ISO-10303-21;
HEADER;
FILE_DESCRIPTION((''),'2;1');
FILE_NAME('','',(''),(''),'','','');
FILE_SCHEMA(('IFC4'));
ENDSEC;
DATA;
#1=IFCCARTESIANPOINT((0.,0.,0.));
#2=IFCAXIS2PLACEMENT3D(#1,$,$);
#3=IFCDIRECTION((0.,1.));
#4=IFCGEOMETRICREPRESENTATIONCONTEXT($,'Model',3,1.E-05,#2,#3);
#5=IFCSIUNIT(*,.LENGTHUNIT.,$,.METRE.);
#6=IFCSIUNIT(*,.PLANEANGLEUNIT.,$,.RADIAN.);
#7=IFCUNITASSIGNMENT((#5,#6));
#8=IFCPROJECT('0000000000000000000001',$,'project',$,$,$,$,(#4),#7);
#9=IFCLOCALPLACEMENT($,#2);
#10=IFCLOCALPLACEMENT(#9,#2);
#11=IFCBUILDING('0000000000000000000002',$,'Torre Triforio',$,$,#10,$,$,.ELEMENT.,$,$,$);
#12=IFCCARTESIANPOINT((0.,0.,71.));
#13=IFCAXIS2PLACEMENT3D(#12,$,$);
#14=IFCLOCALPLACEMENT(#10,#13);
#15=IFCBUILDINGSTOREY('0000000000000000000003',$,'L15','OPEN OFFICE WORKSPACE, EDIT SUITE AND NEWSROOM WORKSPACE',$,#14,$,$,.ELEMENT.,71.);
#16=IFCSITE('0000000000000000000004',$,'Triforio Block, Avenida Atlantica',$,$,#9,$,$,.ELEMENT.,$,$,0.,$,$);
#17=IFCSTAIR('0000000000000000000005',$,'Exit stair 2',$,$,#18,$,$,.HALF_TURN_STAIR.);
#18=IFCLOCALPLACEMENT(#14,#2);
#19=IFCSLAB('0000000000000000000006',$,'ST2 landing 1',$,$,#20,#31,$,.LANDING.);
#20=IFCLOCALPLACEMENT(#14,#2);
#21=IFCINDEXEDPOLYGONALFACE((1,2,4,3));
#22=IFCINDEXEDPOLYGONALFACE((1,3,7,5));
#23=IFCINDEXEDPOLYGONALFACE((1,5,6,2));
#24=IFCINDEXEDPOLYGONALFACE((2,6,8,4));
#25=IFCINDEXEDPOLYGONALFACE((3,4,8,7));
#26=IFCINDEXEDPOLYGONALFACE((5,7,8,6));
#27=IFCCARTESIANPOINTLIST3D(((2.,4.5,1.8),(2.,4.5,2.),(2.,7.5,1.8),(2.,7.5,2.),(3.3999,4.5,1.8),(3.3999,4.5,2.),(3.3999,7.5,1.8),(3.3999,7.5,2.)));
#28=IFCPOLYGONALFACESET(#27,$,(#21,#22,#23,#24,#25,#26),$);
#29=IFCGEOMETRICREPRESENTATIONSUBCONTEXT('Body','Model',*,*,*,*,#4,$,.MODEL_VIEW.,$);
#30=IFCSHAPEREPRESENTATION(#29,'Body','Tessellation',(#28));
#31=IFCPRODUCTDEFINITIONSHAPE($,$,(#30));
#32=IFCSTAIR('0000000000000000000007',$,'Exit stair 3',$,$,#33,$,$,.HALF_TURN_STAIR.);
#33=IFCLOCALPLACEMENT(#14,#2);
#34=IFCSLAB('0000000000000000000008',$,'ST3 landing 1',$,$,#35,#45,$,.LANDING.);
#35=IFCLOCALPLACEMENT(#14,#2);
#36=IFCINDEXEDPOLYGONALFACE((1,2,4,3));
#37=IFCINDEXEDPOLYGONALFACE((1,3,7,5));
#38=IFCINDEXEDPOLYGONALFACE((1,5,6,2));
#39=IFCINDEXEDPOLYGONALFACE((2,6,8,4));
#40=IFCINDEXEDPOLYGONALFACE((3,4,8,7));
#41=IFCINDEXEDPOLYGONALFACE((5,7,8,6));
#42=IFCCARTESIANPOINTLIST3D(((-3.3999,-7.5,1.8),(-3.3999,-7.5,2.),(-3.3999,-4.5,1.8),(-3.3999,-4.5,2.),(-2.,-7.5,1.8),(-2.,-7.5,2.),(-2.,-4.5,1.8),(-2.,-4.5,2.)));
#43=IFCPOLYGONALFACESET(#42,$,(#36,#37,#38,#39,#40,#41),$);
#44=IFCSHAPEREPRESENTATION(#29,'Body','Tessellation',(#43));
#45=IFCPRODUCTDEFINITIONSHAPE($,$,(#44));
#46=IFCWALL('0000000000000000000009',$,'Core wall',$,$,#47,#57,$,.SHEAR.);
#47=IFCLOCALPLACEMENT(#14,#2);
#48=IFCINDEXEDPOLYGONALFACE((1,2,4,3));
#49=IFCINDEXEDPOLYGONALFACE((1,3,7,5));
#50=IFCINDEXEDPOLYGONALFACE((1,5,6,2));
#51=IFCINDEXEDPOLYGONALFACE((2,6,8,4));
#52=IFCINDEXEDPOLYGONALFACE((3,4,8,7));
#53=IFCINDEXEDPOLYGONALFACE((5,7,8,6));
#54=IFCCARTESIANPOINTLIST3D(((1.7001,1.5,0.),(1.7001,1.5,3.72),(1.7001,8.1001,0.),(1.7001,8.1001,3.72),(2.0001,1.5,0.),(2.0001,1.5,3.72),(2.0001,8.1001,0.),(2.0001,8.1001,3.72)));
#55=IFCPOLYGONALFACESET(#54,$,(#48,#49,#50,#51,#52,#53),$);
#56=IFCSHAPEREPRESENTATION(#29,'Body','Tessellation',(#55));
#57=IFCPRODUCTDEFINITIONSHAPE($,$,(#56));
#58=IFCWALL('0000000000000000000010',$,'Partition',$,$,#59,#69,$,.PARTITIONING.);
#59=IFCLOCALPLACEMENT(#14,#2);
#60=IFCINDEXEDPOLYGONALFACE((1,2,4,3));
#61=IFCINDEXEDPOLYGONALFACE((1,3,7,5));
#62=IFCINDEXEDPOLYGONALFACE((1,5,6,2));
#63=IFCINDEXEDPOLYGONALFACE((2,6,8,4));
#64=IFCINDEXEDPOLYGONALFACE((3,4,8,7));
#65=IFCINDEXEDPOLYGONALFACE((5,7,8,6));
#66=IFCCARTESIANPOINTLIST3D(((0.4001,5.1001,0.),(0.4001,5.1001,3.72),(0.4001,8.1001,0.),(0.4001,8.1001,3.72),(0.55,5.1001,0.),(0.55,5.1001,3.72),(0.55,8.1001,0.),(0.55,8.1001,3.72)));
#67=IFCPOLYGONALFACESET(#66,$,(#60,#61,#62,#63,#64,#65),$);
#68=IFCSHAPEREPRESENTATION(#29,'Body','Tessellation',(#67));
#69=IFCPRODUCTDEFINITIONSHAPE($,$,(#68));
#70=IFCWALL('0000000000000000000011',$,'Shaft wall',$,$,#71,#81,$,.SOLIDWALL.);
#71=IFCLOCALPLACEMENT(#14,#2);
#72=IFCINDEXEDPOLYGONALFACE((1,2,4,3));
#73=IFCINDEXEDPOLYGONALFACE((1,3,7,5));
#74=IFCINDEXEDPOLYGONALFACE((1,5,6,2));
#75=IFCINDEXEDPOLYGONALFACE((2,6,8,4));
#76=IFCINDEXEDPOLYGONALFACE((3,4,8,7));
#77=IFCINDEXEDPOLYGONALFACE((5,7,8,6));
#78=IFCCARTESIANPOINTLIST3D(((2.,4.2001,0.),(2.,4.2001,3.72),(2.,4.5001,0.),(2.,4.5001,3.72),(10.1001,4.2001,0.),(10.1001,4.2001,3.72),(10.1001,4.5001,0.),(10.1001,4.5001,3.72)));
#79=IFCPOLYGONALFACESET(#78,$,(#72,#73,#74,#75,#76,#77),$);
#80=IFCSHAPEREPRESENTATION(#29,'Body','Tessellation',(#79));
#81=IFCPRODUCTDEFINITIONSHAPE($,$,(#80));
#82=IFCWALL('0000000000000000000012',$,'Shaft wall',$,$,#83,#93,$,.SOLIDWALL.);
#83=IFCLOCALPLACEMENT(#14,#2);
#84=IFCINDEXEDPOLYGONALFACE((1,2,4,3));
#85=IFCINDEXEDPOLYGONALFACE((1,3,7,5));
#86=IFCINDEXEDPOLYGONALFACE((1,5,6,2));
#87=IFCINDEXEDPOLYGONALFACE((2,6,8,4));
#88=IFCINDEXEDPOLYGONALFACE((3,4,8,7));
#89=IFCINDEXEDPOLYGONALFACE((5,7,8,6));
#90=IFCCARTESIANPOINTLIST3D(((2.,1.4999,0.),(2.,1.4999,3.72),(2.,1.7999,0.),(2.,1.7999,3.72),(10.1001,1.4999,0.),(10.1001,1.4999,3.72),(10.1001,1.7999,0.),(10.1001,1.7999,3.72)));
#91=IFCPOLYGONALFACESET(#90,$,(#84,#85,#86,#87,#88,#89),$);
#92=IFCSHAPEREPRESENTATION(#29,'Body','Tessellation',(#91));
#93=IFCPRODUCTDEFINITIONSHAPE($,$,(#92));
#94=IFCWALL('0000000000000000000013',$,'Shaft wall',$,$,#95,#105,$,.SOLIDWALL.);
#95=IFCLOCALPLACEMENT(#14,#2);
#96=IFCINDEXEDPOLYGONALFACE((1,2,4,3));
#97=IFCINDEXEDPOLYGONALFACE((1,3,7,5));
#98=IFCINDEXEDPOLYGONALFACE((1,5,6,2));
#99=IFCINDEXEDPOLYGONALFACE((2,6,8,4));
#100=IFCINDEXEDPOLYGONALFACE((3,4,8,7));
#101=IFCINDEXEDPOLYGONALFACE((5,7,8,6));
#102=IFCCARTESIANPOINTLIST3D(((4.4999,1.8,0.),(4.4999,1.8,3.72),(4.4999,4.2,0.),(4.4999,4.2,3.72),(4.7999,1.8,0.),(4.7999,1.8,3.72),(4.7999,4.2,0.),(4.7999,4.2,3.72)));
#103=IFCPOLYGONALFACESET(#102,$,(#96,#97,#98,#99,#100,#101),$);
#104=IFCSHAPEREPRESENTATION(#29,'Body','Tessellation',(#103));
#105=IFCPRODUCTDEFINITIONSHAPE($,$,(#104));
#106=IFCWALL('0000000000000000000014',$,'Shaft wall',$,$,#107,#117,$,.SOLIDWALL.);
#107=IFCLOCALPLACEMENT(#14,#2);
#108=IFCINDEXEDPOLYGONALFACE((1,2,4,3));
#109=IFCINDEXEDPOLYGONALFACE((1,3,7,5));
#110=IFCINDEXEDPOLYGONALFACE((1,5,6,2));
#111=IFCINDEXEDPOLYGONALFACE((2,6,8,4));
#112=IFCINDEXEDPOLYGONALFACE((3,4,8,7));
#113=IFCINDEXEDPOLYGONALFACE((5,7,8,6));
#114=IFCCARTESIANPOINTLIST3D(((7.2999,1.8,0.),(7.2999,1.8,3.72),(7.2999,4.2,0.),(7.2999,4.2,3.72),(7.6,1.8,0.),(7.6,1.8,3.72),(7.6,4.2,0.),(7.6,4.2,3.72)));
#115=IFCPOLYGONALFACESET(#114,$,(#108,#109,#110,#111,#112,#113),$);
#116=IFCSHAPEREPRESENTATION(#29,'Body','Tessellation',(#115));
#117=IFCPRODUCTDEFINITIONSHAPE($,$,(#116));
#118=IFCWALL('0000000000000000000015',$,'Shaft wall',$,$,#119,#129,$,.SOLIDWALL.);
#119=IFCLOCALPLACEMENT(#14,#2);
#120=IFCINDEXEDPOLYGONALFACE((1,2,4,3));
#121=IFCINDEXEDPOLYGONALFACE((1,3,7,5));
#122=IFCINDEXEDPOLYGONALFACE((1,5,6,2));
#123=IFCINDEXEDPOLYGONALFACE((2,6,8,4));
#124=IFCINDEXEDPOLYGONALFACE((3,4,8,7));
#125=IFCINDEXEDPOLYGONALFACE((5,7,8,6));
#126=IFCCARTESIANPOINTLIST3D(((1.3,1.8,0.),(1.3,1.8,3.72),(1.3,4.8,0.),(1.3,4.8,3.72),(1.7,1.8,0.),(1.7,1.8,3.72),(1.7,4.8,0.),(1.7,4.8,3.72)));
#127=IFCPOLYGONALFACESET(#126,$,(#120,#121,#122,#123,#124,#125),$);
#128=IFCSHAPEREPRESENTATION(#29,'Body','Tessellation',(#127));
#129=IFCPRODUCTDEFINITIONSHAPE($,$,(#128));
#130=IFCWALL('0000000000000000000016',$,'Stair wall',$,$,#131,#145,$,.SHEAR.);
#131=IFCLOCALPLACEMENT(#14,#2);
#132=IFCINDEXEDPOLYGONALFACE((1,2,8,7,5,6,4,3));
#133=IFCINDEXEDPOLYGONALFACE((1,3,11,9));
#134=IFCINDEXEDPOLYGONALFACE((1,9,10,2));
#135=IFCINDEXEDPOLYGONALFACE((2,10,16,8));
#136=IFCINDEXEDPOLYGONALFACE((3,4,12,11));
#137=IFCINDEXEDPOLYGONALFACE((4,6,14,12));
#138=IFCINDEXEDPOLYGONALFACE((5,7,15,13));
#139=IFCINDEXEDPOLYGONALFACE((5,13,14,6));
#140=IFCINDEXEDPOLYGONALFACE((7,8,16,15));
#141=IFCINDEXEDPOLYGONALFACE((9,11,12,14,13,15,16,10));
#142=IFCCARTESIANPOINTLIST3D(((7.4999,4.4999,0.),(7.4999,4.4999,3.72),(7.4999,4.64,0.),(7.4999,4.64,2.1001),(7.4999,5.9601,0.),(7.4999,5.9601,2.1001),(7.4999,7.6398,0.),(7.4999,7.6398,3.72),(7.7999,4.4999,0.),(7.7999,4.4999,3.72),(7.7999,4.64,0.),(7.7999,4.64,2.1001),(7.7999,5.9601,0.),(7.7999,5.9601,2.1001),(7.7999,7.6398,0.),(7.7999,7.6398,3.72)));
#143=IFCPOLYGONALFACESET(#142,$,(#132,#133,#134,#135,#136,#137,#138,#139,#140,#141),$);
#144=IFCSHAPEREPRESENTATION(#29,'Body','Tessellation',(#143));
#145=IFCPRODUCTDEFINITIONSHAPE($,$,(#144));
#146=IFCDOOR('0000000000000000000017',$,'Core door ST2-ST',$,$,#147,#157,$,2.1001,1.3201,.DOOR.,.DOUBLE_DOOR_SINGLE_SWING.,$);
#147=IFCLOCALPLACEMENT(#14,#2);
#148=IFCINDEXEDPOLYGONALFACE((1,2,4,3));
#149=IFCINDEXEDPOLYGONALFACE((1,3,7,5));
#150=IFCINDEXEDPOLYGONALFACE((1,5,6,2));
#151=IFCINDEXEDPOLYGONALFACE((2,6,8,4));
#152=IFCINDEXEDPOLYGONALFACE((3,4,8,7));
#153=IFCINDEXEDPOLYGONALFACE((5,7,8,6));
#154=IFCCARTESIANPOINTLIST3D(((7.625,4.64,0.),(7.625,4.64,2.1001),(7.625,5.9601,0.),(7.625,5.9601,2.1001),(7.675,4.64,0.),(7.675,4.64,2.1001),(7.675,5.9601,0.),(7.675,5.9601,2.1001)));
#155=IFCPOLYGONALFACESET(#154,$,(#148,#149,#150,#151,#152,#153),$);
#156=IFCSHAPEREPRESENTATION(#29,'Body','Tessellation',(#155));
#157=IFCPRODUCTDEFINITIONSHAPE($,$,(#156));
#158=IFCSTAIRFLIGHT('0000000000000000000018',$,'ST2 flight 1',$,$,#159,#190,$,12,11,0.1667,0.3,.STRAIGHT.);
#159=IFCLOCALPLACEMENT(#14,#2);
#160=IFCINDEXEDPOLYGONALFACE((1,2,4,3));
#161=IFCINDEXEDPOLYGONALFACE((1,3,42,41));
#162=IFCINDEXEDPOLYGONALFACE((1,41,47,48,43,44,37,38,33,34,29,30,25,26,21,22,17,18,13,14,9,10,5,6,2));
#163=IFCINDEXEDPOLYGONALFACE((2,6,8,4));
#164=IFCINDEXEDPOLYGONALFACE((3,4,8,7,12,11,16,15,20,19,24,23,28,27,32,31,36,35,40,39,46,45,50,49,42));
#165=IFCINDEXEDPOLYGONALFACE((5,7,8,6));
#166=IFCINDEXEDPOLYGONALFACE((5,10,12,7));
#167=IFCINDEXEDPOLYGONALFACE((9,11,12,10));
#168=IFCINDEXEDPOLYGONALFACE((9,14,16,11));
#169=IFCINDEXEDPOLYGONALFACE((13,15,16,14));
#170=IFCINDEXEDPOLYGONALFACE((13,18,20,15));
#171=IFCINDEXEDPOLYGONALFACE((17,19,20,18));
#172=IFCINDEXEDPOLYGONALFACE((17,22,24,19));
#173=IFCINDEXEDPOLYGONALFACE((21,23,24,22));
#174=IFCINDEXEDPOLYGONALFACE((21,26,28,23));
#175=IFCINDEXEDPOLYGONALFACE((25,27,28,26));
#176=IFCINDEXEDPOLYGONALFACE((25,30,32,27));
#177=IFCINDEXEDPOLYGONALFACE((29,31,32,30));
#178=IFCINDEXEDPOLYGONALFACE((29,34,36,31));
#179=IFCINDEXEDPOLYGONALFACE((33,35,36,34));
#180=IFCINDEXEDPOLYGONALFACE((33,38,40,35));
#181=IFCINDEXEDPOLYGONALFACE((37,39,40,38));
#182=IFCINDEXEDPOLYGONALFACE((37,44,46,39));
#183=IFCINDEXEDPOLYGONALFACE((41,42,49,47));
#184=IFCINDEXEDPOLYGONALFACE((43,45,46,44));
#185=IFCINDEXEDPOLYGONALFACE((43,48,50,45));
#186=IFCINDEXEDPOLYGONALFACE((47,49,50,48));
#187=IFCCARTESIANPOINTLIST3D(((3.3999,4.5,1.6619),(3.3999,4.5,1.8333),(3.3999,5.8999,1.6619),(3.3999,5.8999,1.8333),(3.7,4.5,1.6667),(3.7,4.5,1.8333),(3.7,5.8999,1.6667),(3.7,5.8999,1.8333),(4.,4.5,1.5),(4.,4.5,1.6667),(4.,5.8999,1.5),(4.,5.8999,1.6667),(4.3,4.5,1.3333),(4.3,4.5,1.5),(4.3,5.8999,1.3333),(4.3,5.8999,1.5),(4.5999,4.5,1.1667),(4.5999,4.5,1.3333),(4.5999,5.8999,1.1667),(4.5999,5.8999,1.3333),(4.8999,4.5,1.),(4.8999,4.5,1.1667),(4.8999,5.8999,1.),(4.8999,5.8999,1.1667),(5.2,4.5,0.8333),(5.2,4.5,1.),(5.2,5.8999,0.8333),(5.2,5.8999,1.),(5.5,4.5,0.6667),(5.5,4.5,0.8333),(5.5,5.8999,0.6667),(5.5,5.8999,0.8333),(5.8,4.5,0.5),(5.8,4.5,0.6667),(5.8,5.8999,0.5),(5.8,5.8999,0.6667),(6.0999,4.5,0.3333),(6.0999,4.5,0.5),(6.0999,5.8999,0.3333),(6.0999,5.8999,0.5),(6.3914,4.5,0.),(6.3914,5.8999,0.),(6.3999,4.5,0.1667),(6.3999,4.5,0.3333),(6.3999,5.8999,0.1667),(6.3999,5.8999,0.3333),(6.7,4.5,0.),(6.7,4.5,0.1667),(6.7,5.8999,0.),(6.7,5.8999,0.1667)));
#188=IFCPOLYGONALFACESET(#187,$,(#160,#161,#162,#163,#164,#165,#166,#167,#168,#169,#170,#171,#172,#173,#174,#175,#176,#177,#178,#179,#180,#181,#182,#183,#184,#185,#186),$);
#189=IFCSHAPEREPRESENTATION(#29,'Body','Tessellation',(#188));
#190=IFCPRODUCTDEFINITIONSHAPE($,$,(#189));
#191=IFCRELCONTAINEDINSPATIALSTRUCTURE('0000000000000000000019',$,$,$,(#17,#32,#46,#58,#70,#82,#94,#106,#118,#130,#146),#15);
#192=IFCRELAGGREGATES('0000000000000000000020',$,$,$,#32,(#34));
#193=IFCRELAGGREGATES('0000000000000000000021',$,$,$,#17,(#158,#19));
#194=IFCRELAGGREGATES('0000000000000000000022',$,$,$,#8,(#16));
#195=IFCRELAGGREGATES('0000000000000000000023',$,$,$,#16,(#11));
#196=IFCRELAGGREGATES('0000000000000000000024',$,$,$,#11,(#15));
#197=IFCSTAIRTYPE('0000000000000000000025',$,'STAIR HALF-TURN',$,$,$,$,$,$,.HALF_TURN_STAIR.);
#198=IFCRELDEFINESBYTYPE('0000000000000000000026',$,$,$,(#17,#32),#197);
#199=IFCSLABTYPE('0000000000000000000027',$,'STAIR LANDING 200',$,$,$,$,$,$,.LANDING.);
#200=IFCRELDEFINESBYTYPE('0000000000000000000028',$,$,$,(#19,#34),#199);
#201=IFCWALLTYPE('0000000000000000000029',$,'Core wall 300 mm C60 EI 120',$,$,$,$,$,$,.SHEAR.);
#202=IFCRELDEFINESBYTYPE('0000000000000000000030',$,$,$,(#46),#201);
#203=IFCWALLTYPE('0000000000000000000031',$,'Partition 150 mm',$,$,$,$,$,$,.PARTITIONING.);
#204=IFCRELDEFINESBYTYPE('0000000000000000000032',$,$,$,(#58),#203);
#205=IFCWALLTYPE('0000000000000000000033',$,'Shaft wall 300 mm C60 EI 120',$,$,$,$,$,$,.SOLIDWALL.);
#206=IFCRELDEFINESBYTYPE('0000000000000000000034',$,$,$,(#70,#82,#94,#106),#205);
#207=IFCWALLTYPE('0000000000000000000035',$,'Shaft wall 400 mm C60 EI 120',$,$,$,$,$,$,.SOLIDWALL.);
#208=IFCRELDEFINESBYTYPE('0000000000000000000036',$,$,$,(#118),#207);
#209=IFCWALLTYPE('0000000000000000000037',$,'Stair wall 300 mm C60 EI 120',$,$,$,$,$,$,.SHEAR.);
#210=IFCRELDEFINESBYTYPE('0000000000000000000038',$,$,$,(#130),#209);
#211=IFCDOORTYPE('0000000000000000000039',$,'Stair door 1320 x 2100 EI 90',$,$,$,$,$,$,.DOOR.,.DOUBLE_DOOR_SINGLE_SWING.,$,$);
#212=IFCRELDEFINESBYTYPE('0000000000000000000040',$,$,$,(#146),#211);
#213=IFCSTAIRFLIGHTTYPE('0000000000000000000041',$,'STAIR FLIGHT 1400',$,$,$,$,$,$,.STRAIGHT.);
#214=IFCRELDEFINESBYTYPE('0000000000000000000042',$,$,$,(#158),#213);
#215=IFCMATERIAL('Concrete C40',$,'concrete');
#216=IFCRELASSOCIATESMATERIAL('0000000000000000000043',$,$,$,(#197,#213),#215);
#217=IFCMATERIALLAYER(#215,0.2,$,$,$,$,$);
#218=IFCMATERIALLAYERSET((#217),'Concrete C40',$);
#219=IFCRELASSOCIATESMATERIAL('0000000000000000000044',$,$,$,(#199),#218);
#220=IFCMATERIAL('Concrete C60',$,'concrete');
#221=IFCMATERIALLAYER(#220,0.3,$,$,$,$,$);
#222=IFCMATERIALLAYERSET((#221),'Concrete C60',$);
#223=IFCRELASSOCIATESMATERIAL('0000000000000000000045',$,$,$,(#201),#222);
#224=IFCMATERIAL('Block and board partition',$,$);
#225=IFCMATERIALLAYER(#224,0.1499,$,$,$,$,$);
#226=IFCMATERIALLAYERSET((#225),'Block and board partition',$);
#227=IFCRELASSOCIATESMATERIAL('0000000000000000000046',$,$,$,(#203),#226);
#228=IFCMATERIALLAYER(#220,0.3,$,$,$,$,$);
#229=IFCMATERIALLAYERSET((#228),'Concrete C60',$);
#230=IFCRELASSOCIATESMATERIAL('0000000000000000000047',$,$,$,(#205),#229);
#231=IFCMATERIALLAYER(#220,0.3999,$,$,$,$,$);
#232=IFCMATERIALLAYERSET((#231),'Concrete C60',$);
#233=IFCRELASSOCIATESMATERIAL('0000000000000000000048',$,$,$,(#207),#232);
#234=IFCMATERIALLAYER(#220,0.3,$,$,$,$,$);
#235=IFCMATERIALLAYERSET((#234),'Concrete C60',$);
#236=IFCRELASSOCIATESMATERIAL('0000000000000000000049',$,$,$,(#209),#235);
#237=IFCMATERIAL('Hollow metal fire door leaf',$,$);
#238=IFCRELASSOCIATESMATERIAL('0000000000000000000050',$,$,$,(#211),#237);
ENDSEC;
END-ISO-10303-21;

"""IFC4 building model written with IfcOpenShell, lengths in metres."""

from ifc_helpers import new_model, si_unit, direction, frame, frame_2d, origin, place, context, subcontext, project, spatial, polyline, rectangle, outline, extrude, material, layer, layer_set, type_object, element, fill, aggregate, save


model = new_model("IFC4")

# Units and contexts
model_context = context("Model", 3, precision=1e-05, world=origin(), true_north=direction((0.0, 1.0)))
body_context = subcontext(model_context, "Body", "Model", "MODEL_VIEW")
ifc_project = project(units=[si_unit("LENGTHUNIT", "METRE"), si_unit("PLANEANGLEUNIT", "RADIAN")], contexts=[model_context])

# Site, building, storey
site_placement = place(None, origin())
site = spatial("IfcSite", under=ifc_project, at=site_placement, Name="Triforio Block, Avenida Atlantica", CompositionType="ELEMENT", RefElevation=0.0)
building_placement = place(site_placement, origin())
building = spatial("IfcBuilding", under=site, at=building_placement, Name="Torre Triforio", CompositionType="ELEMENT")
storey_placement = place(building_placement, frame((0.0, 0.0, 71.0)))
storey = spatial("IfcBuildingStorey", under=building, at=storey_placement, Name="L15", Description="OPEN OFFICE WORKSPACE, EDIT SUITE AND NEWSROOM WORKSPACE", CompositionType="ELEMENT", Elevation=71.0)

# Stairs, slabs
ifc_material_1 = material(Name="Concrete C40", Category="concrete")
stair_type = type_object("IfcStairType", Name="STAIR HALF-TURN", PredefinedType="HALF_TURN_STAIR", material=ifc_material_1)
stair_1_placement = place(storey_placement, origin())
stair_1 = element("IfcStair", 1, at=stair_1_placement, inside=storey, type_object=stair_type, Name="Exit stair 2", PredefinedType="HALF_TURN_STAIR")
ifc_layer_1 = layer(ifc_material_1, 0.2)
ifc_layer_set_1 = layer_set([ifc_layer_1], Name="Concrete C40")
slab_type = type_object("IfcSlabType", Name="STAIR LANDING 200", PredefinedType="LANDING", material=ifc_layer_set_1)
slab_1_placement = place(storey_placement, frame((0.0, 0.0, 1.8)))
slab_1 = element("IfcSlab", 2, at=slab_1_placement, type_object=slab_type, Name="ST2 landing 1", PredefinedType="LANDING", context=body_context, shape_type="SweptSolid", body=[
    extrude(outline(polyline([(3.3999, 4.5), (3.3999, 7.5), (2.0, 7.5), (2.0, 4.5), (3.3999, 4.5)])), origin(), (0.0, 0.0, 1.0), 0.2),
])
stair_2_placement = place(storey_placement, origin())
stair_2 = element("IfcStair", 3, at=stair_2_placement, inside=storey, type_object=stair_type, Name="Exit stair 3", PredefinedType="HALF_TURN_STAIR")
slab_2_placement = place(storey_placement, frame((0.0, 0.0, 1.8)))
slab_2 = element("IfcSlab", 4, at=slab_2_placement, type_object=slab_type, Name="ST3 landing 1", PredefinedType="LANDING", context=body_context, shape_type="SweptSolid", body=[
    extrude(outline(polyline([(-2.0, -7.5), (-2.0, -4.5), (-3.3999, -4.5), (-3.3999, -7.5), (-2.0, -7.5)])), origin(), (0.0, 0.0, 1.0), 0.2),
])
aggregate(stair_2, [slab_2])

# Walls
ifc_material_2 = material(Name="Concrete C60", Category="concrete")
ifc_layer_2 = layer(ifc_material_2, 0.3)
ifc_layer_set_2 = layer_set([ifc_layer_2], Name="Concrete C60")
wall_type_1 = type_object("IfcWallType", Name="Core wall 300 mm C60 EI 120", PredefinedType="SHEAR", material=ifc_layer_set_2)
wall_1_placement = place(storey_placement, frame((1.8501, 1.5, 0.0), z_axis=(0.0, 0.0, 1.0), x_axis=(0.0, 1.0, 0.0)))
element("IfcWall", 5, at=wall_1_placement, inside=storey, type_object=wall_type_1, Name="Core wall", PredefinedType="SHEAR", context=body_context, shape_type="SweptSolid", body=[
    extrude(rectangle(XDim=6.6001, YDim=0.3, at=frame_2d((3.3, 0.0))), origin(), (0.0, 0.0, 1.0), 3.72),
])
ifc_material_3 = material(Name="Block and board partition")
ifc_layer_3 = layer(ifc_material_3, 0.1499)
ifc_layer_set_3 = layer_set([ifc_layer_3], Name="Block and board partition")
wall_type_2 = type_object("IfcWallType", Name="Partition 150 mm", PredefinedType="PARTITIONING", material=ifc_layer_set_3)
wall_2_placement = place(storey_placement, frame((0.4751, 5.1001, 0.0), z_axis=(0.0, 0.0, 1.0), x_axis=(0.0, 1.0, 0.0)))
element("IfcWall", 6, at=wall_2_placement, inside=storey, type_object=wall_type_2, Name="Partition", PredefinedType="PARTITIONING", context=body_context, shape_type="SweptSolid", body=[
    extrude(rectangle(XDim=3.0, YDim=0.1499, at=frame_2d((1.5, 0.0))), origin(), (0.0, 0.0, 1.0), 3.72),
])
ifc_layer_4 = layer(ifc_material_2, 0.3)
ifc_layer_set_4 = layer_set([ifc_layer_4], Name="Concrete C60")
wall_type_3 = type_object("IfcWallType", Name="Shaft wall 300 mm C60 EI 120", PredefinedType="SOLIDWALL", material=ifc_layer_set_4)
for number, where, z_axis, x_axis, name in (
    (7, (2.0, 4.3501, 0.0), (0.0, 0.0, 1.0), (1.0, 0.0, 0.0), "Shaft wall"),
    (8, (2.0, 1.6499, 0.0), (0.0, 0.0, 1.0), (1.0, 0.0, 0.0), "Shaft wall"),
):
    element("IfcWall", number, at=place(storey_placement, frame(where, z_axis=z_axis, x_axis=x_axis)), inside=storey, type_object=wall_type_3, Name=name, PredefinedType="SOLIDWALL", context=body_context, shape_type="SweptSolid", body=[
        extrude(rectangle(XDim=8.1001, YDim=0.3, at=frame_2d((4.05, 0.0))), origin(), (0.0, 0.0, 1.0), 3.72),
    ])
for number, where, z_axis, x_axis, name in (
    (9, (4.6499, 1.8, 0.0), (0.0, 0.0, 1.0), (0.0, 1.0, 0.0), "Shaft wall"),
    (10, (7.45, 1.8, 0.0), (0.0, 0.0, 1.0), (0.0, 1.0, 0.0), "Shaft wall"),
):
    element("IfcWall", number, at=place(storey_placement, frame(where, z_axis=z_axis, x_axis=x_axis)), inside=storey, type_object=wall_type_3, Name=name, PredefinedType="SOLIDWALL", context=body_context, shape_type="SweptSolid", body=[
        extrude(rectangle(XDim=2.3999, YDim=0.3, at=frame_2d((1.2, 0.0))), origin(), (0.0, 0.0, 1.0), 3.72),
    ])
ifc_layer_5 = layer(ifc_material_2, 0.3999)
ifc_layer_set_5 = layer_set([ifc_layer_5], Name="Concrete C60")
wall_type_4 = type_object("IfcWallType", Name="Shaft wall 400 mm C60 EI 120", PredefinedType="SOLIDWALL", material=ifc_layer_set_5)
wall_3_placement = place(storey_placement, frame((1.5, 1.8, 0.0), z_axis=(0.0, 0.0, 1.0), x_axis=(0.0, 1.0, 0.0)))
element("IfcWall", 11, at=wall_3_placement, inside=storey, type_object=wall_type_4, Name="Shaft wall", PredefinedType="SOLIDWALL", context=body_context, shape_type="SweptSolid", body=[
    extrude(rectangle(XDim=3.0, YDim=0.3999, at=frame_2d((1.5, 0.0))), origin(), (0.0, 0.0, 1.0), 3.72),
])

# Wall, opening, door
ifc_layer_6 = layer(ifc_material_2, 0.3)
ifc_layer_set_6 = layer_set([ifc_layer_6], Name="Concrete C60")
wall_type_5 = type_object("IfcWallType", Name="Stair wall 300 mm C60 EI 120", PredefinedType="SHEAR", material=ifc_layer_set_6)
wall_4_placement = place(storey_placement, frame((7.6499, 4.5, 0.0), z_axis=(0.0, 0.0, 1.0), x_axis=(0.0, 1.0, 0.0)))
wall_4 = element("IfcWall", 12, at=wall_4_placement, inside=storey, type_object=wall_type_5, Name="Stair wall", PredefinedType="SHEAR", context=body_context, shape_type="SweptSolid", body=[
    extrude(rectangle(XDim=3.1399, YDim=0.3, at=frame_2d((1.5698, 0.0))), origin(), (0.0, 0.0, 1.0), 3.72),
])
opening_placement = place(wall_4_placement, frame((0.1399, 0.0, 0.0)))
opening = element("IfcOpeningElement", 13, at=opening_placement, cuts=wall_4, PredefinedType="OPENING", context=body_context, shape_type="SweptSolid", body=[
    extrude(rectangle(XDim=1.3201, YDim=2.1001, at=frame_2d((0.6602, 1.05))), frame((0.0, 0.1599, 0.0), z_axis=(0.0, -1.0, 0.0), x_axis=(1.0, 0.0, 0.0)), (0.0, 0.0, 1.0), 0.3201),
])
ifc_material_4 = material(Name="Hollow metal fire door leaf")
door_type = type_object("IfcDoorType", Name="Stair door 1320 x 2100 EI 90", OperationType="DOUBLE_DOOR_SINGLE_SWING", PredefinedType="DOOR", material=ifc_material_4)
door_placement = place(opening_placement, origin())
door = element("IfcDoor", 14, at=door_placement, inside=storey, type_object=door_type, Name="Core door ST2-ST", OperationType="DOUBLE_DOOR_SINGLE_SWING", OverallHeight=2.1001, OverallWidth=1.3201, PredefinedType="DOOR", context=body_context, shape_type="SweptSolid", body=[
    extrude(rectangle(XDim=1.3201, YDim=2.1001, at=frame_2d((0.6602, 1.05))), frame((0.0, 0.0249, 0.0), z_axis=(0.0, -1.0, 0.0), x_axis=(1.0, 0.0, 0.0)), (0.0, 0.0, 1.0), 0.05),
])
fill(opening, door)

# Stair flight
stair_flight_type = type_object("IfcStairFlightType", Name="STAIR FLIGHT 1400", PredefinedType="STRAIGHT", material=ifc_material_1)
stair_flight_1_placement = place(storey_placement, frame((6.7, 5.2, 0.0), z_axis=(0.0, 0.0, 1.0), x_axis=(-1.0, 0.0, 0.0)))
stair_flight_1 = element("IfcStairFlight", 15, at=stair_flight_1_placement, type_object=stair_flight_type, Name="ST2 flight 1", NumberOfRisers=12, NumberOfTreads=11, PredefinedType="STRAIGHT", RiserHeight=0.1667, TreadLength=0.3, context=body_context, shape_type="SweptSolid", body=[
    extrude(outline(polyline([(0.0, 0.0), (0.0, 0.1667), (0.3, 0.1667), (0.3, 0.3333), (0.6001, 0.3333), (0.6001, 0.5), (0.8999, 0.5), (0.8999, 0.6667), (1.2, 0.6667), (1.2, 0.8333), (1.5, 0.8333), (1.5, 1.0), (1.8, 1.0), (1.8, 1.1667), (2.1001, 1.1667), (2.1001, 1.3333), (2.3999, 1.3333), (2.3999, 1.5), (2.7, 1.5), (2.7, 1.6667), (3.0, 1.6667), (3.0, 1.8333), (3.3, 1.8333), (3.3, 2.0), (3.3, 1.6619), (0.3086, 0.0), (0.0, 0.0)])), frame((0.0, 0.7, 0.0), z_axis=(0.0, -1.0, 0.0), x_axis=(1.0, 0.0, 0.0)), (0.0, 0.0, 1.0), 1.3999),
])
aggregate(stair_1, [stair_flight_1, slab_1])

save(model, "model.ifc")
